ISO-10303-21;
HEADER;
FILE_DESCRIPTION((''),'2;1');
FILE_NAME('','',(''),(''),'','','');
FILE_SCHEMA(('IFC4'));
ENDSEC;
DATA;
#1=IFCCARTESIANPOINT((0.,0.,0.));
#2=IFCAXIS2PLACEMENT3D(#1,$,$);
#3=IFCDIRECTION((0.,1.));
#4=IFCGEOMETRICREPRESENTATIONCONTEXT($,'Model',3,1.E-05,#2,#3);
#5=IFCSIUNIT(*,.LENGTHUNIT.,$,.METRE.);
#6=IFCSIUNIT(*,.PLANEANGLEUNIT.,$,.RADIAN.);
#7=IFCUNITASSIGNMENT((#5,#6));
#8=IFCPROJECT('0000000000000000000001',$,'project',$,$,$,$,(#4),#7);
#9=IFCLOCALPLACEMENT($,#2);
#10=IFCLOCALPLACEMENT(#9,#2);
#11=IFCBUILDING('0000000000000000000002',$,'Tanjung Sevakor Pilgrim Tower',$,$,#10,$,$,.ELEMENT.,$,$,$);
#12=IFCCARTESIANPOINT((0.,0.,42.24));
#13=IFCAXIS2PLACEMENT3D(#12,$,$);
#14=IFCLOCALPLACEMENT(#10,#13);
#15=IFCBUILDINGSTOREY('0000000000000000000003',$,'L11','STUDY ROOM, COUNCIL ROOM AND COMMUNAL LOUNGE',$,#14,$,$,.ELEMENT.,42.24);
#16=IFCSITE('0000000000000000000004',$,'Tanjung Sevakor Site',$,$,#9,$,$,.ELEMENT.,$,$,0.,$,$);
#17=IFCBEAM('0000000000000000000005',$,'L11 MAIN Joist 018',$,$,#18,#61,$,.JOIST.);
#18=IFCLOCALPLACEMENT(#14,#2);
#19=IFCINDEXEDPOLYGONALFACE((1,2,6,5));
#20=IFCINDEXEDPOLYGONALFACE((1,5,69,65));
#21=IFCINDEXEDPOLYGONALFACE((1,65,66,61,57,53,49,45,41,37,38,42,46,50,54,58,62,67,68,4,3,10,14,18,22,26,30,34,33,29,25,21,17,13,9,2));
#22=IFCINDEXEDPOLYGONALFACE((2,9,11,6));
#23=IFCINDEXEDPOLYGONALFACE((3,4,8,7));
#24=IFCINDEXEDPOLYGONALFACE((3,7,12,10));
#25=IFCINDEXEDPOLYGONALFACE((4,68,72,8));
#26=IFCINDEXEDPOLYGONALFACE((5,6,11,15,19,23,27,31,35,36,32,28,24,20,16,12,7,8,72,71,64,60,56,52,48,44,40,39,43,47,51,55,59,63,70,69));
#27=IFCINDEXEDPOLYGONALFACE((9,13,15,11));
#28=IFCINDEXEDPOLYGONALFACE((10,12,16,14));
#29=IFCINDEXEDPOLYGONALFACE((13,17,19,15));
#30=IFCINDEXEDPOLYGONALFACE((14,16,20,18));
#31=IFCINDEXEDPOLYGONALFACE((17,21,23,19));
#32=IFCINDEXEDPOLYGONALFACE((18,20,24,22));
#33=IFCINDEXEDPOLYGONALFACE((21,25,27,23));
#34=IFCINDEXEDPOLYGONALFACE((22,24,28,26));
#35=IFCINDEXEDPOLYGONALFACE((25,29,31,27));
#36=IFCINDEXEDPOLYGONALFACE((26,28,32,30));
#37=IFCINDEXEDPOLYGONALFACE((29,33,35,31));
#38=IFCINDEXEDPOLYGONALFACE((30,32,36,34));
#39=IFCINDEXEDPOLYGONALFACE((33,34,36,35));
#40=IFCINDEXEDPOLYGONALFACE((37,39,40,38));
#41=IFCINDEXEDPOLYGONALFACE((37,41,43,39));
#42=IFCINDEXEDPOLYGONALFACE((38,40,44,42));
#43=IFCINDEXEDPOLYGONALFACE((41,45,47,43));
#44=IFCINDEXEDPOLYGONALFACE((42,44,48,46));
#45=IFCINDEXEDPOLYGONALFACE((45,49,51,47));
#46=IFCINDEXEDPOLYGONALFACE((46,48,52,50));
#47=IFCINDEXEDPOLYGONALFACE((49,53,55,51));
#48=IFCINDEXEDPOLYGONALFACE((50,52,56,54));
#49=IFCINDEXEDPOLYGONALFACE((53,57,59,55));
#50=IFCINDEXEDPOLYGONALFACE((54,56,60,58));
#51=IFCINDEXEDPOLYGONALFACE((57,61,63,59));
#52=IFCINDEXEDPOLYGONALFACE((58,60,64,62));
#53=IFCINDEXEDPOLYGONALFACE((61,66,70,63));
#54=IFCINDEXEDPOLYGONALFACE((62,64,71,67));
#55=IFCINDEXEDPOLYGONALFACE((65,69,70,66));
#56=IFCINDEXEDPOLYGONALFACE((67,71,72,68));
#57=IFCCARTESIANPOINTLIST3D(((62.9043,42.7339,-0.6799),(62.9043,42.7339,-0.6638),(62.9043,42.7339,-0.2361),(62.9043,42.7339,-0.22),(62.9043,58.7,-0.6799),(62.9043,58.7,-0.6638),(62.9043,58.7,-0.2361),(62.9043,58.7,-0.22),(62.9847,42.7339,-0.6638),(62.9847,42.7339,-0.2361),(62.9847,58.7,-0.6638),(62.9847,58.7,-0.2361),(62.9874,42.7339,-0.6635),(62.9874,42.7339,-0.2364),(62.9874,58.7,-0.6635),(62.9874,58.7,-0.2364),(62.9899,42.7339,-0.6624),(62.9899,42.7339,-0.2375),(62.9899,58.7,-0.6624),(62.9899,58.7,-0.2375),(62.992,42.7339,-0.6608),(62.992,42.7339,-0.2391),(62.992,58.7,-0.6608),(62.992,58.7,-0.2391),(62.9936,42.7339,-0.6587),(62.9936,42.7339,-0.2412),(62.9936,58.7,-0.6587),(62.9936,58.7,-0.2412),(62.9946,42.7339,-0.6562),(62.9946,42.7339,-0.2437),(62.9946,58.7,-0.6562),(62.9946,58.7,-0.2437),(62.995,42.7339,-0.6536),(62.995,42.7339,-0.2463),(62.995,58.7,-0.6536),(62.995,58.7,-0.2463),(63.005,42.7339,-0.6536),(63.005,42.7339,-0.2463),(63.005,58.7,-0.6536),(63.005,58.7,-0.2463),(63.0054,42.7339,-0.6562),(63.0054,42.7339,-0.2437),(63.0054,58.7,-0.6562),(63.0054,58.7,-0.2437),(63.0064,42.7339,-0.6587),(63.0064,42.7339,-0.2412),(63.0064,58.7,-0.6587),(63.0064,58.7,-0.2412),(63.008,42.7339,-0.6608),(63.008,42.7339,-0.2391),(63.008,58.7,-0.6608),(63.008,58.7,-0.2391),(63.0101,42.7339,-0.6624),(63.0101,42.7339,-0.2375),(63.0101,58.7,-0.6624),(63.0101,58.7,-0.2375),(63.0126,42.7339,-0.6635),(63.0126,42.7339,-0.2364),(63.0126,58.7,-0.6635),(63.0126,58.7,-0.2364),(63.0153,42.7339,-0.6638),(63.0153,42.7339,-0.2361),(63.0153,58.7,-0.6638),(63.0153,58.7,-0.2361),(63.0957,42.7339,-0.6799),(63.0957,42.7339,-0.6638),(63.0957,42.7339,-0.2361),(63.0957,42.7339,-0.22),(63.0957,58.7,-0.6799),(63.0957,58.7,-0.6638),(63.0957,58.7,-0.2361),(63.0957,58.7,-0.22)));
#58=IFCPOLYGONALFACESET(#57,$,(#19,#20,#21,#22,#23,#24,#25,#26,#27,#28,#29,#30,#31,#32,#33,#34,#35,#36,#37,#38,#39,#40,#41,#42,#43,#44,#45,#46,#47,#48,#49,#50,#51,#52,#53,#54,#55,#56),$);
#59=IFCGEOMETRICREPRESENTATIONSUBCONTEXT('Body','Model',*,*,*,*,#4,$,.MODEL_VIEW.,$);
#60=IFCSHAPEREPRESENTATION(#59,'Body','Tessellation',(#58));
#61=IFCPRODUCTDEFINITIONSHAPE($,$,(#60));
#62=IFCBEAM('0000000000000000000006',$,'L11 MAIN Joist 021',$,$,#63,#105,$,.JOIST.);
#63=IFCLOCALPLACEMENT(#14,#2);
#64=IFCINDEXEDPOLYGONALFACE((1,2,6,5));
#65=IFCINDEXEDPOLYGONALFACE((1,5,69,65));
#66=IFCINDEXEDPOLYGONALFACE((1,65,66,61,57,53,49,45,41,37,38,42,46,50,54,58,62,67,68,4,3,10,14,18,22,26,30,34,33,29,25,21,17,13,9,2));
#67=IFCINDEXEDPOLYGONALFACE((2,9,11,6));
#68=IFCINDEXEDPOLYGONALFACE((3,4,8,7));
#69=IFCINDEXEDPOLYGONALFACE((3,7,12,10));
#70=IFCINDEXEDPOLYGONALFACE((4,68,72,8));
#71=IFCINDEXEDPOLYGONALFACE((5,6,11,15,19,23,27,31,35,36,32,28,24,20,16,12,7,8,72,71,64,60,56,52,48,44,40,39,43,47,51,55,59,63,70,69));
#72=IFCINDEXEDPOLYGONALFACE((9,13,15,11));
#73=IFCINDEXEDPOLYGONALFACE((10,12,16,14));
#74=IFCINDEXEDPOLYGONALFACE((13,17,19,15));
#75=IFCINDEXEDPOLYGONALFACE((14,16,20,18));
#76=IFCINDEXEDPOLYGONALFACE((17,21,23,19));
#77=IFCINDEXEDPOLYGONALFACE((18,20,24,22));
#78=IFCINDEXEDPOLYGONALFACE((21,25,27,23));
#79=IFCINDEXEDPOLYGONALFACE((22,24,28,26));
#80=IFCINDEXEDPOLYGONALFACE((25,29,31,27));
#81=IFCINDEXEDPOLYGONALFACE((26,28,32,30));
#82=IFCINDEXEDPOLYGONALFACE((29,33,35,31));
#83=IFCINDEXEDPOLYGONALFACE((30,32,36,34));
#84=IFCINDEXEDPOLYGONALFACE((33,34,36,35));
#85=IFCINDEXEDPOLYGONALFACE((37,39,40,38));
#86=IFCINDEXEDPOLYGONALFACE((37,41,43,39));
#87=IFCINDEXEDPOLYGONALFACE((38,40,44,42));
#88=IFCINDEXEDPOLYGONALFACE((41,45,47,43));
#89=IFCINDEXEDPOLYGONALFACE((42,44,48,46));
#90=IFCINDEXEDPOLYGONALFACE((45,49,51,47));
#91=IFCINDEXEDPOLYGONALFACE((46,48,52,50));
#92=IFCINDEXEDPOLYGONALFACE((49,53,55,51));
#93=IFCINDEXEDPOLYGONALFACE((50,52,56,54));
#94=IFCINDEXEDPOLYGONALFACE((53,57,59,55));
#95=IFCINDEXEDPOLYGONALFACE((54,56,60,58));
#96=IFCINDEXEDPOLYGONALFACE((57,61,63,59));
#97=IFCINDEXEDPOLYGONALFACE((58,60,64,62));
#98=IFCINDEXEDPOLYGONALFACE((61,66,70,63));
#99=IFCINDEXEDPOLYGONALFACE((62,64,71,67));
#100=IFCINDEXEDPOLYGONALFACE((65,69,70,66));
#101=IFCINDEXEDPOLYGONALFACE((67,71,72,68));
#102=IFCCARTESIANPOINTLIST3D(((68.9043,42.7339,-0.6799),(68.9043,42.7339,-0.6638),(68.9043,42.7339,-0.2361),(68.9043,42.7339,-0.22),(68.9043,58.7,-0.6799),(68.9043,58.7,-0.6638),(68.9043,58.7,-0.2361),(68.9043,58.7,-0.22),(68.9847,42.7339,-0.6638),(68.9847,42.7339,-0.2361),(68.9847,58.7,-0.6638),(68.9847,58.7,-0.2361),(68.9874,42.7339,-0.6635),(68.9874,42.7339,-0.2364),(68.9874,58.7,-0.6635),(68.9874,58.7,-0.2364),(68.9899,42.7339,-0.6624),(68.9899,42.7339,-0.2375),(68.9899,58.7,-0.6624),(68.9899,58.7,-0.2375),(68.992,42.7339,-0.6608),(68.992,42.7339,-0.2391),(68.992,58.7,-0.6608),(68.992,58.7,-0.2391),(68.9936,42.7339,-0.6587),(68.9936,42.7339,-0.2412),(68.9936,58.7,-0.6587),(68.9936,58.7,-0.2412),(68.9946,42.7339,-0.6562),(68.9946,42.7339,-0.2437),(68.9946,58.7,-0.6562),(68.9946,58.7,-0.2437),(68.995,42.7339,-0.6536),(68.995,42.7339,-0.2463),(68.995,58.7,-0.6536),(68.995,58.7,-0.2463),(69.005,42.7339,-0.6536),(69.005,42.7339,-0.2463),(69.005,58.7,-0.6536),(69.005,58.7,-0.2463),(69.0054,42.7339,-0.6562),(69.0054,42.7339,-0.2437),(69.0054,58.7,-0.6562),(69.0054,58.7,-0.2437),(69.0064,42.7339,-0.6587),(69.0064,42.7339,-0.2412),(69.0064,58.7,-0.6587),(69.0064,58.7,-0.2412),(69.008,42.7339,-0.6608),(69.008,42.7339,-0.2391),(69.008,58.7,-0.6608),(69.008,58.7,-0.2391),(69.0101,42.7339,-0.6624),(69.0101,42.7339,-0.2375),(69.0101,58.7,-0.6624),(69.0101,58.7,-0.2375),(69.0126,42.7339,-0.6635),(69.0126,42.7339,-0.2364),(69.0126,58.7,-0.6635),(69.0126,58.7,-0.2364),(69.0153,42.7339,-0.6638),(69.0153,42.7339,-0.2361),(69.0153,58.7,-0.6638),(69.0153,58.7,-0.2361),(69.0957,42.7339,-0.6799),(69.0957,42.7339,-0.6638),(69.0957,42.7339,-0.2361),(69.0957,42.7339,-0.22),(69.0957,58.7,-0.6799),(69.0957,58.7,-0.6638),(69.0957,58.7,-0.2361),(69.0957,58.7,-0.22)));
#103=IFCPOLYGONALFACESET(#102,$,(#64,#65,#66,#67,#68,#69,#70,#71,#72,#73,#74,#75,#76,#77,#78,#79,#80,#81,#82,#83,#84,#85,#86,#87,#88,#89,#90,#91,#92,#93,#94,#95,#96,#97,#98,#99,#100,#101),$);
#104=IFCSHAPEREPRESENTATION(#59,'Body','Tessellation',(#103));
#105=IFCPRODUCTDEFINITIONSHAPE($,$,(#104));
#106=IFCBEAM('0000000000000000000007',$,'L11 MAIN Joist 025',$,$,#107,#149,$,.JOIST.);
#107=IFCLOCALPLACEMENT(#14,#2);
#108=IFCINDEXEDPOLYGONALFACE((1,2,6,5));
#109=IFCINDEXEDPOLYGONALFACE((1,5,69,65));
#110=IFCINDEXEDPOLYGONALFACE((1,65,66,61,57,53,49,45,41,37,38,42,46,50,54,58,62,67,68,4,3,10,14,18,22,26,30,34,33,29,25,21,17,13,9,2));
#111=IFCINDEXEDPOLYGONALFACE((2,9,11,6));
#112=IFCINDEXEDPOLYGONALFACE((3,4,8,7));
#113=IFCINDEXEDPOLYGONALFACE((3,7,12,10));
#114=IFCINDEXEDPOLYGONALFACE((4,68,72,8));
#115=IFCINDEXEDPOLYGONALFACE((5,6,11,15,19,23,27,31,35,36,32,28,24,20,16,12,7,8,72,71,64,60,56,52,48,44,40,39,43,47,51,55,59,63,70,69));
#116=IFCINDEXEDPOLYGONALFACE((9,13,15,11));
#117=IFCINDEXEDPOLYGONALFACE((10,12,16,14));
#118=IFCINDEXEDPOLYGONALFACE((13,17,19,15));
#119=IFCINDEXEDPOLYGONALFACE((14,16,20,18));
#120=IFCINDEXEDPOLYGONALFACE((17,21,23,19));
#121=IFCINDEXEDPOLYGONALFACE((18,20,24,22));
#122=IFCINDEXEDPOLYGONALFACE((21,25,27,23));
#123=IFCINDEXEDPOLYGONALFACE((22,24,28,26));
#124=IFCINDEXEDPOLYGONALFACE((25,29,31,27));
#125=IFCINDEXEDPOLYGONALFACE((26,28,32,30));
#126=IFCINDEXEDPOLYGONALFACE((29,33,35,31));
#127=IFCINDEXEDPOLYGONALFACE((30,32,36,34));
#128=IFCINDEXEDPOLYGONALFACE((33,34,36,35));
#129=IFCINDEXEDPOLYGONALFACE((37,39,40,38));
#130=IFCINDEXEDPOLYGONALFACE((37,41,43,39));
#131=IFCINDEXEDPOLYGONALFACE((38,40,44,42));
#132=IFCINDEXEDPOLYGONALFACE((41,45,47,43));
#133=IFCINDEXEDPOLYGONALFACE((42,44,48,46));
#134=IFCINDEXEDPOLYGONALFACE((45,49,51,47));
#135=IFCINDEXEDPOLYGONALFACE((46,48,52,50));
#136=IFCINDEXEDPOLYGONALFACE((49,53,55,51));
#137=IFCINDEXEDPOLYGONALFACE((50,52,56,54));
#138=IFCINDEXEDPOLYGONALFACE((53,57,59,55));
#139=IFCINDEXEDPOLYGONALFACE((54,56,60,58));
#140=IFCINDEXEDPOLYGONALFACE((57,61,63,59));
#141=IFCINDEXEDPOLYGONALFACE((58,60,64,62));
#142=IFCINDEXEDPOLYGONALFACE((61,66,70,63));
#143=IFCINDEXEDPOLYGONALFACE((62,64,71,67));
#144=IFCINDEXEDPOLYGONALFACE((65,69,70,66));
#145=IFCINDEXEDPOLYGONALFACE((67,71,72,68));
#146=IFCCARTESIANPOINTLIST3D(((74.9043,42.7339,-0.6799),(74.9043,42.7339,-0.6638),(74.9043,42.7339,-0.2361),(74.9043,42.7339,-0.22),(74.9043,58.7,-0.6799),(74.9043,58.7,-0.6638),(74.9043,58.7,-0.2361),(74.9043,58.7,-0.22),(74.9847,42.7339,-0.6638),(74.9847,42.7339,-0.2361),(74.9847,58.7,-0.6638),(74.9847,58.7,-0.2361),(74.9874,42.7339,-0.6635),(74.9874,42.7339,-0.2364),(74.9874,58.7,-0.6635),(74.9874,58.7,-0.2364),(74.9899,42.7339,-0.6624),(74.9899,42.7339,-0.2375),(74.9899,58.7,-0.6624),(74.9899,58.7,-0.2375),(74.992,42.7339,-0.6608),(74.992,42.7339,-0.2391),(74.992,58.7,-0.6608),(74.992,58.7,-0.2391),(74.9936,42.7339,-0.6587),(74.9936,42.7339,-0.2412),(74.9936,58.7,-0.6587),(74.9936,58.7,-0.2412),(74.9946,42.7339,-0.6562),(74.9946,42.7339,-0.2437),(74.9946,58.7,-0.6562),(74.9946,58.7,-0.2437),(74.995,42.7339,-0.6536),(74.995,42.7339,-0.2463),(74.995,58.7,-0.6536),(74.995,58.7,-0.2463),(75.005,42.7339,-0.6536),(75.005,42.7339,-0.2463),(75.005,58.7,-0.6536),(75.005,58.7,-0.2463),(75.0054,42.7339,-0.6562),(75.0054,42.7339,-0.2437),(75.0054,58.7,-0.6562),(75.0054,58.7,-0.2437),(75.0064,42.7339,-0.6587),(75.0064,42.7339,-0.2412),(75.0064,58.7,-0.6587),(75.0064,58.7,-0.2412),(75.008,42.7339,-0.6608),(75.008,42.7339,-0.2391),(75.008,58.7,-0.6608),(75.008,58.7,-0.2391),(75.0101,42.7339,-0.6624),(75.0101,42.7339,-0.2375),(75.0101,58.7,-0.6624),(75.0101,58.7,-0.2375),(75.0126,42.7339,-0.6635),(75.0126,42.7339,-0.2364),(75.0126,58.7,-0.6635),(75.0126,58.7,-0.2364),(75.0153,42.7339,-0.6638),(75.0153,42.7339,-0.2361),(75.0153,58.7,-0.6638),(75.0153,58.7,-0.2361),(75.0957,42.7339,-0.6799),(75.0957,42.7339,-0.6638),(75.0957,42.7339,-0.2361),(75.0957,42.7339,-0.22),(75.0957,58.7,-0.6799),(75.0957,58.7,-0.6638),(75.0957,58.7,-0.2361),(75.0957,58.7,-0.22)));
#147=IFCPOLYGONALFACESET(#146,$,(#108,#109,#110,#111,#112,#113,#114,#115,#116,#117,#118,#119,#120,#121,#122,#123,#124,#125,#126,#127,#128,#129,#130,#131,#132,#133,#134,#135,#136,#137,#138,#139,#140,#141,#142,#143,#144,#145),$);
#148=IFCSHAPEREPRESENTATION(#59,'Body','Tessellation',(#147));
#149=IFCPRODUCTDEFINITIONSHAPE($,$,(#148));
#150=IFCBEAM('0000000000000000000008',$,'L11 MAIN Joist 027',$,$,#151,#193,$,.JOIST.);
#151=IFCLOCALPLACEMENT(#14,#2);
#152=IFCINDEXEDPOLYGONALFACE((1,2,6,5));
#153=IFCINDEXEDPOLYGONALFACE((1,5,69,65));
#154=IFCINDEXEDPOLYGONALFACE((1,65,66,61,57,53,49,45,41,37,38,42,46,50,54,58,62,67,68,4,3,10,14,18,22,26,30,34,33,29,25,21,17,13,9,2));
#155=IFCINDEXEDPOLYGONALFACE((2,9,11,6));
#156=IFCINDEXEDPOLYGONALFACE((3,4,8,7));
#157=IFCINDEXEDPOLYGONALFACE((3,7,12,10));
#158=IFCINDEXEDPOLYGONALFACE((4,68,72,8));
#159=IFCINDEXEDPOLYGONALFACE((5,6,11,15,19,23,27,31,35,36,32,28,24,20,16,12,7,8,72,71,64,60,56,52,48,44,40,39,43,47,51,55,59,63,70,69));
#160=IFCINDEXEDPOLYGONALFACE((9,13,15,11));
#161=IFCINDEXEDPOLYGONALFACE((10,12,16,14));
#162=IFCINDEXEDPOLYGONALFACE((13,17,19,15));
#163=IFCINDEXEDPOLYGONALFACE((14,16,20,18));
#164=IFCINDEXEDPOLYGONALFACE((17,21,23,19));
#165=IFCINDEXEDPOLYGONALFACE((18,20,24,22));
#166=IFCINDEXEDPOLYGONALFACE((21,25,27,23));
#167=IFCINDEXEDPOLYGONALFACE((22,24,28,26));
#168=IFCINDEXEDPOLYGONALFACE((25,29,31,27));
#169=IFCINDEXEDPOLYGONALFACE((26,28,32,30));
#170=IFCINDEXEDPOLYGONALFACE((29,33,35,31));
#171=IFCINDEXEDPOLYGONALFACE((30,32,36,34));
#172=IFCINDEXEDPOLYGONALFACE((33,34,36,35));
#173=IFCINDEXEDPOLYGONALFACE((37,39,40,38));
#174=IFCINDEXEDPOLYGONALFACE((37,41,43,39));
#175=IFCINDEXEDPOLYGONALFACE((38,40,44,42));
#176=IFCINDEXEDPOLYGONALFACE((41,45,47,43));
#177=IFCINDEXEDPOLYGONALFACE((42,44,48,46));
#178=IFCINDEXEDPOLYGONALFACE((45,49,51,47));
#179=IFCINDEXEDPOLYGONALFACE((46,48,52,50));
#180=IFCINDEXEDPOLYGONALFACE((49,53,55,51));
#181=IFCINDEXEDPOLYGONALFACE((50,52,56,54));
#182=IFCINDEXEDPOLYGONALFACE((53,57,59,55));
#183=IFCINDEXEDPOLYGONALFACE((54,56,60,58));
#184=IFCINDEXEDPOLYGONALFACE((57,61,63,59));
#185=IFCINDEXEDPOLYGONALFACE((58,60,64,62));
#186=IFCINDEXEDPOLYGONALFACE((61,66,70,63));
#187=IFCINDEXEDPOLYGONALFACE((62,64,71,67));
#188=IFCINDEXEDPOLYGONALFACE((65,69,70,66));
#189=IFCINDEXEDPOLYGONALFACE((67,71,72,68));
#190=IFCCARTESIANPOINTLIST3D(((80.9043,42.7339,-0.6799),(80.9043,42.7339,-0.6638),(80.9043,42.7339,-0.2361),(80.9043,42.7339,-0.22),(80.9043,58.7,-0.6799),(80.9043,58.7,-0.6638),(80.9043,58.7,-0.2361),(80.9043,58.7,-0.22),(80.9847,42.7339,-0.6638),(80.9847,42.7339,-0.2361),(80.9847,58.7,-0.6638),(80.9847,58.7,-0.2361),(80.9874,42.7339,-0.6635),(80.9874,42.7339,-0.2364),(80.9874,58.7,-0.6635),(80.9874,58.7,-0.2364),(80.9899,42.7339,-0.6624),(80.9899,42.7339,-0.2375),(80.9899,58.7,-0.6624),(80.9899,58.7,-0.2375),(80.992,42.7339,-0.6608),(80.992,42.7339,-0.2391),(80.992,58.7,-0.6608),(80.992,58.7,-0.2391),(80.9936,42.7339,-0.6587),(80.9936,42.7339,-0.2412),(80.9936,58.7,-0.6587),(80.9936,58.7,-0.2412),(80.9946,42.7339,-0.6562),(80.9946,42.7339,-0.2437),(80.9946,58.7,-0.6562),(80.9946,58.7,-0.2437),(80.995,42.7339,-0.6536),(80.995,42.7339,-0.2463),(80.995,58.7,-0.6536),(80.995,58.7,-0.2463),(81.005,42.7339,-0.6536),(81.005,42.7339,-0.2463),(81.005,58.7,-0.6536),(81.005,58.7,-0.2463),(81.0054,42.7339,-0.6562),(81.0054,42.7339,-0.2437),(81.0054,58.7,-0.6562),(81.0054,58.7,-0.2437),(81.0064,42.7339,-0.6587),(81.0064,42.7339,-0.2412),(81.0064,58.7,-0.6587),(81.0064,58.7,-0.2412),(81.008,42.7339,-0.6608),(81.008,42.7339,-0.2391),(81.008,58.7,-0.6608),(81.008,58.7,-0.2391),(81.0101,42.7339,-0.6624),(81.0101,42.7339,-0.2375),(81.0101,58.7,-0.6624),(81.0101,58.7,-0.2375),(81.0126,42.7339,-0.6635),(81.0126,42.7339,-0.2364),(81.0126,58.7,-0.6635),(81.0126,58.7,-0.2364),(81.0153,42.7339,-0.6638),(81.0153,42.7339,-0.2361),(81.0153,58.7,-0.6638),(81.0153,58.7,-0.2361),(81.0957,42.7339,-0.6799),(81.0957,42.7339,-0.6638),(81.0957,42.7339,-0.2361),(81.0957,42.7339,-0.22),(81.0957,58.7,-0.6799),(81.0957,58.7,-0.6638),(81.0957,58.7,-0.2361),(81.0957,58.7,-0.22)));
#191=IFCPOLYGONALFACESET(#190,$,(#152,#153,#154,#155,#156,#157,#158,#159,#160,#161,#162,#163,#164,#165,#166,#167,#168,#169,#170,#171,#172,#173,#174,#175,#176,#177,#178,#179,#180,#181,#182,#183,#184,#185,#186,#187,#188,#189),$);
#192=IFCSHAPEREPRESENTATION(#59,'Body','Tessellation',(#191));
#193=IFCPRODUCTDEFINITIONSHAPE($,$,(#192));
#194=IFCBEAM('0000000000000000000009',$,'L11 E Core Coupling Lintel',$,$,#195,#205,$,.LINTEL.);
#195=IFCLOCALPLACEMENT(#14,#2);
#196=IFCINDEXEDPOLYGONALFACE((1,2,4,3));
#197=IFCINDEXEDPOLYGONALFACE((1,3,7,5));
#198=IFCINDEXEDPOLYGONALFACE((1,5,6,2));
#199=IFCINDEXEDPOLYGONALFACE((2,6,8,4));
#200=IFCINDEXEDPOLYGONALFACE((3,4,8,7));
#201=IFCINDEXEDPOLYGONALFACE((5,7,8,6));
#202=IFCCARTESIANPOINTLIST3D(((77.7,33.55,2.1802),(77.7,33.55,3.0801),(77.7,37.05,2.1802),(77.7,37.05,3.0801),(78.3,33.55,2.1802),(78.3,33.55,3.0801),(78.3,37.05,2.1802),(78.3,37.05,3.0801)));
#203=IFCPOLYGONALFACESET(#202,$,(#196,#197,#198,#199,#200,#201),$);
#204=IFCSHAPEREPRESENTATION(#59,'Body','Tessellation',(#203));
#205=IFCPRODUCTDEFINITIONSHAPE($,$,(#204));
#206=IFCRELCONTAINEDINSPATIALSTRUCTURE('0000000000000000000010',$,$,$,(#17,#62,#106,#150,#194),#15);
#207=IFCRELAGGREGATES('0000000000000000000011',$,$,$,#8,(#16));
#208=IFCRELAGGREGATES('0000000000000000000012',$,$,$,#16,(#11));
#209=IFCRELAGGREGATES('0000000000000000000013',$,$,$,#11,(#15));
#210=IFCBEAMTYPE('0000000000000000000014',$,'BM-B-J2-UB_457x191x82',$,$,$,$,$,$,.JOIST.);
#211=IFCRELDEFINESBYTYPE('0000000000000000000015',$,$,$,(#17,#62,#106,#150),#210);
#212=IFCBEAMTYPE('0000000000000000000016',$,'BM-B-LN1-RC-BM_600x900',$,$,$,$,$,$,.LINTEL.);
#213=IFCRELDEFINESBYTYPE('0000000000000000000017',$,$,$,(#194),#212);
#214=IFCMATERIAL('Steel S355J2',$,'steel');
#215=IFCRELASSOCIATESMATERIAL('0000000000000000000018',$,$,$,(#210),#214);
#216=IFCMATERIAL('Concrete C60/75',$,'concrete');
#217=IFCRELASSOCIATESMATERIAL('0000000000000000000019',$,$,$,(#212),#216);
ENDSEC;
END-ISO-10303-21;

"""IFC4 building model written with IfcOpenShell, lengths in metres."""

from ifc_helpers import new_model, si_unit, direction, frame, origin, origin_2d, place, context, subcontext, project, spatial, rectangle, i_section, extrude, material, material_profile, profile_set, type_object, element, save


model = new_model("IFC4")

# Units and contexts
model_context = context("Model", 3, precision=1e-05, world=origin(), true_north=direction((0.0, 1.0)))
body_context = subcontext(model_context, "Body", "Model", "MODEL_VIEW")
ifc_project = project(units=[si_unit("LENGTHUNIT", "METRE"), si_unit("PLANEANGLEUNIT", "RADIAN")], contexts=[model_context])

# Site, building, storey
site_placement = place(None, origin())
site = spatial("IfcSite", under=ifc_project, at=site_placement, Name="Tanjung Sevakor Site", CompositionType="ELEMENT", RefElevation=0.0)
building_placement = place(site_placement, origin())
building = spatial("IfcBuilding", under=site, at=building_placement, Name="Tanjung Sevakor Pilgrim Tower", CompositionType="ELEMENT")
storey_placement = place(building_placement, frame((0.0, 0.0, 42.24)))
storey = spatial("IfcBuildingStorey", under=building, at=storey_placement, Name="L11", Description="STUDY ROOM, COUNCIL ROOM AND COMMUNAL LOUNGE", CompositionType="ELEMENT", Elevation=42.24)

# Beams
ifc_material_1 = material(Name="Steel S355J2", Category="steel")
ifc_material_profile_1 = material_profile(ifc_material_1, i_section(OverallWidth=0.1914, OverallDepth=0.46, WebThickness=0.01, FlangeThickness=0.0161, FilletRadius=0.0103, at=origin_2d()))
ifc_profile_set_1 = profile_set([ifc_material_profile_1], Name="Steel S355J2")
beam_type_1 = type_object("IfcBeamType", Name="BM-B-J2-UB_457x191x82", PredefinedType="JOIST", material=ifc_profile_set_1)
for number, where, z_axis, x_axis, name in (
    (1, (63.0, 42.7339, -0.45), (0.0, 1.0, 0.0), (-1.0, 0.0, 0.0), "L11 MAIN Joist 018"),
    (2, (69.0, 42.7339, -0.45), (0.0, 1.0, 0.0), (-1.0, 0.0, 0.0), "L11 MAIN Joist 021"),
    (3, (75.0, 42.7339, -0.45), (0.0, 1.0, 0.0), (-1.0, 0.0, 0.0), "L11 MAIN Joist 025"),
    (4, (81.0, 42.7339, -0.45), (0.0, 1.0, 0.0), (-1.0, 0.0, 0.0), "L11 MAIN Joist 027"),
):
    element("IfcBeam", number, at=place(storey_placement, frame(where, z_axis=z_axis, x_axis=x_axis)), inside=storey, type_object=beam_type_1, Name=name, PredefinedType="JOIST", context=body_context, shape_type="SweptSolid", body=[
        extrude(i_section(OverallWidth=0.1914, OverallDepth=0.46, WebThickness=0.01, FlangeThickness=0.0161, FilletRadius=0.0103, at=origin_2d()), origin(), (0.0, 0.0, 1.0), 15.9661),
    ])
ifc_material_2 = material(Name="Concrete C60/75", Category="concrete")
ifc_material_profile_2 = material_profile(ifc_material_2, rectangle(XDim=0.6001, YDim=0.8999, at=origin_2d()))
ifc_profile_set_2 = profile_set([ifc_material_profile_2], Name="Concrete C60/75")
beam_type_2 = type_object("IfcBeamType", Name="BM-B-LN1-RC-BM_600x900", PredefinedType="LINTEL", material=ifc_profile_set_2)
beam_1_placement = place(storey_placement, frame((78.0, 33.55, 2.6301), z_axis=(0.0, 1.0, 0.0), x_axis=(-1.0, 0.0, 0.0)))
element("IfcBeam", 5, at=beam_1_placement, inside=storey, type_object=beam_type_2, Name="L11 E Core Coupling Lintel", PredefinedType="LINTEL", context=body_context, shape_type="SweptSolid", body=[
    extrude(rectangle(XDim=0.6001, YDim=0.8999, at=origin_2d()), origin(), (0.0, 0.0, 1.0), 3.5),
])

save(model, "model.ifc")
